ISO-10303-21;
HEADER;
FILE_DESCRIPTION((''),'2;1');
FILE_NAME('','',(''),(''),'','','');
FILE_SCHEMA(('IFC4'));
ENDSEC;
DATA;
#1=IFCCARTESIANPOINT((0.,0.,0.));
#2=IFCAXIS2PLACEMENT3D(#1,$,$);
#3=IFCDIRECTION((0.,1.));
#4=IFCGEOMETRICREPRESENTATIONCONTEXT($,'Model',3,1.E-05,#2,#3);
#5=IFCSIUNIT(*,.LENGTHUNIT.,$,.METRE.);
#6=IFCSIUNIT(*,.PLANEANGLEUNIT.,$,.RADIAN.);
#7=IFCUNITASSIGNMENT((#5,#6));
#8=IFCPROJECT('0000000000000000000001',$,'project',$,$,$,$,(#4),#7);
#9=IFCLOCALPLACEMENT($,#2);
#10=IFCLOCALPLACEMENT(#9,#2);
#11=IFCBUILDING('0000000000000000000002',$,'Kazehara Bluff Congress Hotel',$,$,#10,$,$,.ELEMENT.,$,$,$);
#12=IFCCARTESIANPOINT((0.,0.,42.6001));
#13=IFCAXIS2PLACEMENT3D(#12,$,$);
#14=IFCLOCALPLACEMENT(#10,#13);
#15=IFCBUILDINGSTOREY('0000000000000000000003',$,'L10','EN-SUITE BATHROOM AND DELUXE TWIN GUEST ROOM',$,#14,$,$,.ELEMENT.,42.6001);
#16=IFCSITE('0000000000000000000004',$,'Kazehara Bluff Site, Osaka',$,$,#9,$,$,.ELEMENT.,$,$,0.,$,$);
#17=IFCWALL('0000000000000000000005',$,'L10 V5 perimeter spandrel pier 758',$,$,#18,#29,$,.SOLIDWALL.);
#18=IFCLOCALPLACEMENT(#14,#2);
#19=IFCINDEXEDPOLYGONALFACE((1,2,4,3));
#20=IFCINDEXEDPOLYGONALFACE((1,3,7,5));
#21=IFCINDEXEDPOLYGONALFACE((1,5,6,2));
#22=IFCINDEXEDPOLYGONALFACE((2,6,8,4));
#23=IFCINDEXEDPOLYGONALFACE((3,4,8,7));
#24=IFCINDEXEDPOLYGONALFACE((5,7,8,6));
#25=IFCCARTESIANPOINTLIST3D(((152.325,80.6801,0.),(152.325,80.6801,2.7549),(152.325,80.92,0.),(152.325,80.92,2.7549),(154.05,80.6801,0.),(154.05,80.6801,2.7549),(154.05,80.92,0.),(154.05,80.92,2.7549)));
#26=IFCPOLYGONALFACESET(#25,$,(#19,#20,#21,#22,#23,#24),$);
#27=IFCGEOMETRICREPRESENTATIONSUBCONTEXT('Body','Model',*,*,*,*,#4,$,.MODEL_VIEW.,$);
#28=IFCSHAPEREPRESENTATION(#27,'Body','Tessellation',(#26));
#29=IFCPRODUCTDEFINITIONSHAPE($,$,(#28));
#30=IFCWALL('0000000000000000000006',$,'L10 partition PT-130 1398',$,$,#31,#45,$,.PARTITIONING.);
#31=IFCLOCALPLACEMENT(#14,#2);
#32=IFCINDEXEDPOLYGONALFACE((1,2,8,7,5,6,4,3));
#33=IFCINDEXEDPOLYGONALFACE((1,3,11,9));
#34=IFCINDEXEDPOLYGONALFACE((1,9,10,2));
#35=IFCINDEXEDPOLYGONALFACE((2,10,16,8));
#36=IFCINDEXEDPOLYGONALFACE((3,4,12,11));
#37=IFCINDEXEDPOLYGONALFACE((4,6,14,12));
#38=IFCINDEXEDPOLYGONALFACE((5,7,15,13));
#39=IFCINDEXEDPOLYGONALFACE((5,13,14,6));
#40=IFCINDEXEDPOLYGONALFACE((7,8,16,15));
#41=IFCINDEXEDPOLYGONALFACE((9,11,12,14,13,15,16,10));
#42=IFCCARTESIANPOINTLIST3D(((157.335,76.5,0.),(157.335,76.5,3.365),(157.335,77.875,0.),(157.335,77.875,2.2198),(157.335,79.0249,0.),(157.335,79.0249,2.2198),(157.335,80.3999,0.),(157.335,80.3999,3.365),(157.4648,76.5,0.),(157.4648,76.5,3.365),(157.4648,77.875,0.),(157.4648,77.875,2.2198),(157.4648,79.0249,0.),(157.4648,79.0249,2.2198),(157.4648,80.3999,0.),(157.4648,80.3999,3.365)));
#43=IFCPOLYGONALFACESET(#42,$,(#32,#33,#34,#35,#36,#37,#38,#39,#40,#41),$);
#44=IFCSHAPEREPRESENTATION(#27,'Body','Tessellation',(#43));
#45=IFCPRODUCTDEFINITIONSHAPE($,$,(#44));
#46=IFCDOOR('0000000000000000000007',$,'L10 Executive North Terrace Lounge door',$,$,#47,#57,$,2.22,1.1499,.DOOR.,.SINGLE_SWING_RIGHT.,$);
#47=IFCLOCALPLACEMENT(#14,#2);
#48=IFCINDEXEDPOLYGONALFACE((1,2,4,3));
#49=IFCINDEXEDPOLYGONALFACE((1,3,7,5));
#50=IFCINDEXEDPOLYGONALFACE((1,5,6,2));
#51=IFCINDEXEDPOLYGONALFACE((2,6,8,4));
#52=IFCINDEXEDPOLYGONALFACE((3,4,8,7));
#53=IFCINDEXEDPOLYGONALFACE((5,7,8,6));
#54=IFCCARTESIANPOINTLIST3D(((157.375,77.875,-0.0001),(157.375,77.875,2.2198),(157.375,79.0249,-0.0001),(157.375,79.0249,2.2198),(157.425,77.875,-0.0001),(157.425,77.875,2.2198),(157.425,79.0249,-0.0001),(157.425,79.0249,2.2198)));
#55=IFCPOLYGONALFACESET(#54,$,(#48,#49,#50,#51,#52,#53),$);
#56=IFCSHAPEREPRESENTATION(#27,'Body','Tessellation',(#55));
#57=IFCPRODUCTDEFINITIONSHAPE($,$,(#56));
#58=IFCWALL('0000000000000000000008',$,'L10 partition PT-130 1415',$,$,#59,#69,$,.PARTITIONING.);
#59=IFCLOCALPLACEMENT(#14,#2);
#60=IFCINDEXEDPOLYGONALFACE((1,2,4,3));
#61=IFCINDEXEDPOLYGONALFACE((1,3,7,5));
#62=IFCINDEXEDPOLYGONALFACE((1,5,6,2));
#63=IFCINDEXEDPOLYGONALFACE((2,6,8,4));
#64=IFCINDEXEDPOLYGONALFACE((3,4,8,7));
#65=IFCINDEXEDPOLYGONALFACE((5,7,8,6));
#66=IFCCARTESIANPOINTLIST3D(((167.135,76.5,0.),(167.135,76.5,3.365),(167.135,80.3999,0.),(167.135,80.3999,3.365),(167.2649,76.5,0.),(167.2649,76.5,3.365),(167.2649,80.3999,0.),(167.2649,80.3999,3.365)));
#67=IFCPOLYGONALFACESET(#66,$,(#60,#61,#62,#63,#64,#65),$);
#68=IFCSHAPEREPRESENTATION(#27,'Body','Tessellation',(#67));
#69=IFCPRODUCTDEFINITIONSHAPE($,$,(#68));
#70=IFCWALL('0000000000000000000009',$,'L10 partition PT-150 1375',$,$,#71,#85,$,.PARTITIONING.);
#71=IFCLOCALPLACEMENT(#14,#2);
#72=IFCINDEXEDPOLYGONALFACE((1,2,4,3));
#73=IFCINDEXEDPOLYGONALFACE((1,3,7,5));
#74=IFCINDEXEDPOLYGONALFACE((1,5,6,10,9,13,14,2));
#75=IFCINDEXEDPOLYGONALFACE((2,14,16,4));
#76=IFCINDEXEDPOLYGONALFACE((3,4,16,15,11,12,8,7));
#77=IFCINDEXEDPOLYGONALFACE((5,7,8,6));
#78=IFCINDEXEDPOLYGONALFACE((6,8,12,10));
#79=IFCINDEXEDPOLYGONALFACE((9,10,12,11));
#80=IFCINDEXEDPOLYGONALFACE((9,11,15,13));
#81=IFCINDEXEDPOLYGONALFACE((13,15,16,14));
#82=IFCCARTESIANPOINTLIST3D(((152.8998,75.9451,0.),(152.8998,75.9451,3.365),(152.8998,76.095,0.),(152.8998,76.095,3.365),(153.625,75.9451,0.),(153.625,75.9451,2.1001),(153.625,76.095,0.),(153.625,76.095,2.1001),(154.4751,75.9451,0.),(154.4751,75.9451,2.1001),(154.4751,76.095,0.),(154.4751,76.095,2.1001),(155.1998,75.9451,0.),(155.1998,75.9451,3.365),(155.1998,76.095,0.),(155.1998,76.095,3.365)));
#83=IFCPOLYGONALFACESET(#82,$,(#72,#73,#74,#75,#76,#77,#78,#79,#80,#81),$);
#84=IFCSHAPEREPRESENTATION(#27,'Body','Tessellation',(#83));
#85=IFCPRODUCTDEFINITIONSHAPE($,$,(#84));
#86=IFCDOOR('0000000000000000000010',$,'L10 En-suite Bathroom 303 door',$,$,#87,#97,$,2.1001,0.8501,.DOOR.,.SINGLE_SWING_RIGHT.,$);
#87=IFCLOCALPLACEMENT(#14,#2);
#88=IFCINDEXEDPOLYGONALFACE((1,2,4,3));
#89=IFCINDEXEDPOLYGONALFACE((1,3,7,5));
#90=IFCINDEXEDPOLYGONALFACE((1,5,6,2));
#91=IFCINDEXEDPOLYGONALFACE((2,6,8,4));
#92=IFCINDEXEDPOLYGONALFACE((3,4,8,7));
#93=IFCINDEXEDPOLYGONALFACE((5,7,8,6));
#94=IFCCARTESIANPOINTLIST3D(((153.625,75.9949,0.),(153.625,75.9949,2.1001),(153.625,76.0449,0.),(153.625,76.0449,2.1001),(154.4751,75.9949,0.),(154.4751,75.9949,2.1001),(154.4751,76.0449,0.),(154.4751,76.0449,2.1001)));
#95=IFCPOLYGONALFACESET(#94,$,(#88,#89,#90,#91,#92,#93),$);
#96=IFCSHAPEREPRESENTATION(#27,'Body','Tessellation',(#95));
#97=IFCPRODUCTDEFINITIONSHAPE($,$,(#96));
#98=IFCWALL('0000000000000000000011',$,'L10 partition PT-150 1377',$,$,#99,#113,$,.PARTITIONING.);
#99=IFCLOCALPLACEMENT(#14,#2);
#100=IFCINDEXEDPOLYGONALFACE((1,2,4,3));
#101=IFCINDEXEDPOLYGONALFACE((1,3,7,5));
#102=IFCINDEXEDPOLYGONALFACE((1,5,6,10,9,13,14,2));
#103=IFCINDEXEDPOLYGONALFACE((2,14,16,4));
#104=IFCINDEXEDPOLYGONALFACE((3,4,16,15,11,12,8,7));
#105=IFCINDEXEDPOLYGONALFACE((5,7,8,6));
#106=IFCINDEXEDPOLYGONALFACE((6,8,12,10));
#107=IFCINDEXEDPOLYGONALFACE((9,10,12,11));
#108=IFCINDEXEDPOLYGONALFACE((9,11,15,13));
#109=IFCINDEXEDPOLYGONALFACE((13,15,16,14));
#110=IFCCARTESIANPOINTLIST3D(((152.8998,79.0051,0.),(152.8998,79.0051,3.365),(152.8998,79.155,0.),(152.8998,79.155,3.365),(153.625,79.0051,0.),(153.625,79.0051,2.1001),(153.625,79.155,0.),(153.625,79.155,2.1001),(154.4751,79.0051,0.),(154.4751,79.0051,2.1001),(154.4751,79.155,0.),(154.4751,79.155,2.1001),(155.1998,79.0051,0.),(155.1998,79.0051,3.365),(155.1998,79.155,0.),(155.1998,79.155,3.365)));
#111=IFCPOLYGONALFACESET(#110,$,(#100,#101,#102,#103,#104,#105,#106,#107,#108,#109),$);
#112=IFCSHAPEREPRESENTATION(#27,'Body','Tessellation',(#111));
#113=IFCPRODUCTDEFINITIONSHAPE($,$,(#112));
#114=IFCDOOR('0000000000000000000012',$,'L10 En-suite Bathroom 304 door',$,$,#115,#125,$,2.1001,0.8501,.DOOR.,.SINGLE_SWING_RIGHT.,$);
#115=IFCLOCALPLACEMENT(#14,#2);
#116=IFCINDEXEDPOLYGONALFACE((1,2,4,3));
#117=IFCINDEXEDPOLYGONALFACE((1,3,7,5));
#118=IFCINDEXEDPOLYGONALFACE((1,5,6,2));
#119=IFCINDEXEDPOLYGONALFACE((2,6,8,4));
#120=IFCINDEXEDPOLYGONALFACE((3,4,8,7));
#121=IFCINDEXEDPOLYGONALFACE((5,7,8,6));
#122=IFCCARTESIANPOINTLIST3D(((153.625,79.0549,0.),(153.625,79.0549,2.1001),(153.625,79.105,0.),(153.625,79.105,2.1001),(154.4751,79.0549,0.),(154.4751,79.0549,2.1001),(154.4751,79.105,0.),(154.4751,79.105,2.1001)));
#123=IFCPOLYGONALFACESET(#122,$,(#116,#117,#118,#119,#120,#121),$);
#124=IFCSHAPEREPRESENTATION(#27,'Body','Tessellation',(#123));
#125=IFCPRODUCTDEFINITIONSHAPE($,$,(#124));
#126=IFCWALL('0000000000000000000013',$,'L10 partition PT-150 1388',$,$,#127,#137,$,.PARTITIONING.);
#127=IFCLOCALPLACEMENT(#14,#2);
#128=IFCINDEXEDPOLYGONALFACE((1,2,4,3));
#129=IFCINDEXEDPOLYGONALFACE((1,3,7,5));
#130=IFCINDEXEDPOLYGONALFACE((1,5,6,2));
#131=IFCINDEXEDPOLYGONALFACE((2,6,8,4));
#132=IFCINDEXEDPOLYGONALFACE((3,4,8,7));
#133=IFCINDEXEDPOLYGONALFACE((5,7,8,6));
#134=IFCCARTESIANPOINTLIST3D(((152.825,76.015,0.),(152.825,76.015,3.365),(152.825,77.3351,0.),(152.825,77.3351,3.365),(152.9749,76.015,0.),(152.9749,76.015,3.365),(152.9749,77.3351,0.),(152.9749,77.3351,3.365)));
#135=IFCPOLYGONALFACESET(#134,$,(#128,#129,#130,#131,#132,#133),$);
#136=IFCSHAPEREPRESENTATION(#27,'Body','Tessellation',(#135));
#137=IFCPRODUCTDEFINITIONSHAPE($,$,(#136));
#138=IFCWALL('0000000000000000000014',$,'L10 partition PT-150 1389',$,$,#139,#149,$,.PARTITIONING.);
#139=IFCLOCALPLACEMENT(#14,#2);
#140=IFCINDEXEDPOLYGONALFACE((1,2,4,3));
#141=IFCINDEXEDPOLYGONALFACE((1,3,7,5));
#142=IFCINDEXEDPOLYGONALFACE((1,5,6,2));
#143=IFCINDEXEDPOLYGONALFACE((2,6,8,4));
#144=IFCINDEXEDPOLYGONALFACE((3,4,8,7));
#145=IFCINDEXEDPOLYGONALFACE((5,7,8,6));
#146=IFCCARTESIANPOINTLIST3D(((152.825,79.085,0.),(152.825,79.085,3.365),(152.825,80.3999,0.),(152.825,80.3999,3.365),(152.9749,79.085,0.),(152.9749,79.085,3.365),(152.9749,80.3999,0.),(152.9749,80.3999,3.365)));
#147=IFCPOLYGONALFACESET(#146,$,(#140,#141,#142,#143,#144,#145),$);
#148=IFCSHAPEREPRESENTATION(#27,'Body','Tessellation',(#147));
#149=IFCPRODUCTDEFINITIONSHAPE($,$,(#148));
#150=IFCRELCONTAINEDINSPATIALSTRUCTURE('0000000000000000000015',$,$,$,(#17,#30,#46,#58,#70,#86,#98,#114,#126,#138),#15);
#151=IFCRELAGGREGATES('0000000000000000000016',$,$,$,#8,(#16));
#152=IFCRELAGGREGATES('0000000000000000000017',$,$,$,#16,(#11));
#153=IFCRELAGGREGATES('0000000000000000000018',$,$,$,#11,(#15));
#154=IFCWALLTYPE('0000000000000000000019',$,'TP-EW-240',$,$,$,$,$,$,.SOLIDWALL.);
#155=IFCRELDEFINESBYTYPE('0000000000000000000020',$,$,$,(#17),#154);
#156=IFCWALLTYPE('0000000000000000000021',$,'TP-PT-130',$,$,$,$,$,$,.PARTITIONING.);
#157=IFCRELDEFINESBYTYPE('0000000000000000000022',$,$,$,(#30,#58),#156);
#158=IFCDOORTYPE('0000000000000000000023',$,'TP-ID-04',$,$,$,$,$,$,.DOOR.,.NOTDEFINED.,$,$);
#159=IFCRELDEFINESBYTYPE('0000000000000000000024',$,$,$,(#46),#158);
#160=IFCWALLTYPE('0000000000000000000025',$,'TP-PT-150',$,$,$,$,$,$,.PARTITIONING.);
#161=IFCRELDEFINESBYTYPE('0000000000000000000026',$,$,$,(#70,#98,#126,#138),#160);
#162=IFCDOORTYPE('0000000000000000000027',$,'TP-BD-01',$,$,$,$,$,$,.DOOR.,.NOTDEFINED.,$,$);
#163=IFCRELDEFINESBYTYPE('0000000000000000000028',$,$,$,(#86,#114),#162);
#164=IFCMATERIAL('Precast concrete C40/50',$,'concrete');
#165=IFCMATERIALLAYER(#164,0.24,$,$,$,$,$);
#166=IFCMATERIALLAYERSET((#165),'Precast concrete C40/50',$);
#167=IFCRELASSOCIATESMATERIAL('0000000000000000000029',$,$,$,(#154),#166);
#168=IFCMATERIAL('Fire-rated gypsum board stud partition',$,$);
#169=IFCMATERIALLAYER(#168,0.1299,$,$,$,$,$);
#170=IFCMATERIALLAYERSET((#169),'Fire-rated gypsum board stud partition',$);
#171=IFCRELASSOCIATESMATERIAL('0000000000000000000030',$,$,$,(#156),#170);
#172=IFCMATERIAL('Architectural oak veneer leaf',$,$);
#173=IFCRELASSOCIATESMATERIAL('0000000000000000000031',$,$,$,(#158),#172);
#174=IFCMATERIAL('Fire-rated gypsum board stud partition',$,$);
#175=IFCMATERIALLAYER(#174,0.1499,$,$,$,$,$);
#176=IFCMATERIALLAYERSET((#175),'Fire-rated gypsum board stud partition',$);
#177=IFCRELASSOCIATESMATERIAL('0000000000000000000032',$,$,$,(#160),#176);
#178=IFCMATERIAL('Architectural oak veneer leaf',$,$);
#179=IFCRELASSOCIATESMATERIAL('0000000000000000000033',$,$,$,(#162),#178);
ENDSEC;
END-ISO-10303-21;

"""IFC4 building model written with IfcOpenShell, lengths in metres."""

from ifc_helpers import new_model, si_unit, direction, frame, frame_2d, origin, place, context, subcontext, project, spatial, rectangle, extrude, material, layer, layer_set, type_object, element, fill, save


model = new_model("IFC4")

# Units and contexts
model_context = context("Model", 3, precision=1e-05, world=origin(), true_north=direction((0.0, 1.0)))
body_context = subcontext(model_context, "Body", "Model", "MODEL_VIEW")
ifc_project = project(units=[si_unit("LENGTHUNIT", "METRE"), si_unit("PLANEANGLEUNIT", "RADIAN")], contexts=[model_context])

# Site, building, storey
site_placement = place(None, origin())
site = spatial("IfcSite", under=ifc_project, at=site_placement, Name="Kazehara Bluff Site, Osaka", CompositionType="ELEMENT", RefElevation=0.0)
building_placement = place(site_placement, origin())
building = spatial("IfcBuilding", under=site, at=building_placement, Name="Kazehara Bluff Congress Hotel", CompositionType="ELEMENT")
storey_placement = place(building_placement, frame((0.0, 0.0, 42.6001)))
storey = spatial("IfcBuildingStorey", under=building, at=storey_placement, Name="L10", Description="EN-SUITE BATHROOM AND DELUXE TWIN GUEST ROOM", CompositionType="ELEMENT", Elevation=42.6001)

# Wall
ifc_material_1 = material(Name="Precast concrete C40/50", Category="concrete")
ifc_layer_1 = layer(ifc_material_1, 0.24)
ifc_layer_set_1 = layer_set([ifc_layer_1], Name="Precast concrete C40/50")
wall_type_1 = type_object("IfcWallType", Name="TP-EW-240", PredefinedType="SOLIDWALL", material=ifc_layer_set_1)
wall_1_placement = place(storey_placement, frame((152.325, 80.8, 0.0), z_axis=(0.0, 0.0, 1.0), x_axis=(1.0, 0.0, 0.0)))
element("IfcWall", 1, at=wall_1_placement, inside=storey, type_object=wall_type_1, Name="L10 V5 perimeter spandrel pier 758", PredefinedType="SOLIDWALL", context=body_context, shape_type="SweptSolid", body=[
    extrude(rectangle(XDim=1.7251, YDim=0.24, at=frame_2d((0.8625, 0.0))), origin(), (0.0, 0.0, 1.0), 2.7549),
])

# Wall, opening, door
ifc_material_2 = material(Name="Fire-rated gypsum board stud partition")
ifc_layer_2 = layer(ifc_material_2, 0.1299)
ifc_layer_set_2 = layer_set([ifc_layer_2], Name="Fire-rated gypsum board stud partition")
wall_type_2 = type_object("IfcWallType", Name="TP-PT-130", PredefinedType="PARTITIONING", material=ifc_layer_set_2)
wall_2_placement = place(storey_placement, frame((157.3999, 76.5, 0.0), z_axis=(0.0, 0.0, 1.0), x_axis=(0.0, 1.0, 0.0)))
wall_2 = element("IfcWall", 2, at=wall_2_placement, inside=storey, type_object=wall_type_2, Name="L10 partition PT-130 1398", PredefinedType="PARTITIONING", context=body_context, shape_type="SweptSolid", body=[
    extrude(rectangle(XDim=3.8999, YDim=0.1299, at=frame_2d((1.95, 0.0))), origin(), (0.0, 0.0, 1.0), 3.365),
])
opening_1_placement = place(wall_2_placement, frame((1.375, 0.0, 0.0)))
opening_1 = element("IfcOpeningElement", 3, at=opening_1_placement, cuts=wall_2, PredefinedType="OPENING", context=body_context, shape_type="SweptSolid", body=[
    extrude(rectangle(XDim=1.1499, YDim=2.22, at=frame_2d((0.575, 1.1099))), frame((0.0, 0.075, 0.0), z_axis=(0.0, -1.0, 0.0), x_axis=(1.0, 0.0, 0.0)), (0.0, 0.0, 1.0), 0.1499),
])
ifc_material_3 = material(Name="Architectural oak veneer leaf")
door_type_1 = type_object("IfcDoorType", Name="TP-ID-04", OperationType="NOTDEFINED", PredefinedType="DOOR", material=ifc_material_3)
door_1_placement = place(opening_1_placement, origin())
door_1 = element("IfcDoor", 4, at=door_1_placement, inside=storey, type_object=door_type_1, Name="L10 Executive North Terrace Lounge door", OperationType="SINGLE_SWING_RIGHT", OverallHeight=2.22, OverallWidth=1.1499, PredefinedType="DOOR", context=body_context, shape_type="SweptSolid", body=[
    extrude(rectangle(XDim=1.1499, YDim=2.22, at=frame_2d((0.575, 1.1099))), frame((0.0, 0.0249, 0.0), z_axis=(0.0, -1.0, 0.0), x_axis=(1.0, 0.0, 0.0)), (0.0, 0.0, 1.0), 0.05),
])
fill(opening_1, door_1)

# Wall
wall_3_placement = place(storey_placement, frame((167.2, 76.5, 0.0), z_axis=(0.0, 0.0, 1.0), x_axis=(0.0, 1.0, 0.0)))
element("IfcWall", 5, at=wall_3_placement, inside=storey, type_object=wall_type_2, Name="L10 partition PT-130 1415", PredefinedType="PARTITIONING", context=body_context, shape_type="SweptSolid", body=[
    extrude(rectangle(XDim=3.8999, YDim=0.1299, at=frame_2d((1.95, 0.0))), origin(), (0.0, 0.0, 1.0), 3.365),
])

# Walls, openings, doors
ifc_material_4 = material(Name="Fire-rated gypsum board stud partition")
ifc_layer_3 = layer(ifc_material_4, 0.1499)
ifc_layer_set_3 = layer_set([ifc_layer_3], Name="Fire-rated gypsum board stud partition")
wall_type_3 = type_object("IfcWallType", Name="TP-PT-150", PredefinedType="PARTITIONING", material=ifc_layer_set_3)
wall_4_placement = place(storey_placement, frame((152.8999, 76.02, 0.0), z_axis=(0.0, 0.0, 1.0), x_axis=(1.0, 0.0, 0.0)))
wall_4 = element("IfcWall", 6, at=wall_4_placement, inside=storey, type_object=wall_type_3, Name="L10 partition PT-150 1375", PredefinedType="PARTITIONING", context=body_context, shape_type="SweptSolid", body=[
    extrude(rectangle(XDim=2.3, YDim=0.1499, at=frame_2d((1.1499, 0.0))), origin(), (0.0, 0.0, 1.0), 3.365),
])
opening_2_placement = place(wall_4_placement, frame((0.7251, 0.0, 0.0)))
opening_2 = element("IfcOpeningElement", 7, at=opening_2_placement, cuts=wall_4, PredefinedType="OPENING", context=body_context, shape_type="SweptSolid", body=[
    extrude(rectangle(XDim=0.8501, YDim=2.1001, at=frame_2d((0.425, 1.05))), frame((0.0, 0.085, 0.0), z_axis=(0.0, -1.0, 0.0), x_axis=(1.0, 0.0, 0.0)), (0.0, 0.0, 1.0), 0.1699),
])
ifc_material_5 = material(Name="Architectural oak veneer leaf")
door_type_2 = type_object("IfcDoorType", Name="TP-BD-01", OperationType="NOTDEFINED", PredefinedType="DOOR", material=ifc_material_5)
door_2_placement = place(opening_2_placement, origin())
door_2 = element("IfcDoor", 8, at=door_2_placement, inside=storey, type_object=door_type_2, Name="L10 En-suite Bathroom 303 door", OperationType="SINGLE_SWING_RIGHT", OverallHeight=2.1001, OverallWidth=0.8501, PredefinedType="DOOR", context=body_context, shape_type="SweptSolid", body=[
    extrude(rectangle(XDim=0.8501, YDim=2.1001, at=frame_2d((0.425, 1.05))), frame((0.0, 0.0249, 0.0), z_axis=(0.0, -1.0, 0.0), x_axis=(1.0, 0.0, 0.0)), (0.0, 0.0, 1.0), 0.05),
])
fill(opening_2, door_2)
wall_5_placement = place(storey_placement, frame((152.8999, 79.0801, 0.0), z_axis=(0.0, 0.0, 1.0), x_axis=(1.0, 0.0, 0.0)))
wall_5 = element("IfcWall", 9, at=wall_5_placement, inside=storey, type_object=wall_type_3, Name="L10 partition PT-150 1377", PredefinedType="PARTITIONING", context=body_context, shape_type="SweptSolid", body=[
    extrude(rectangle(XDim=2.3, YDim=0.1499, at=frame_2d((1.1499, 0.0))), origin(), (0.0, 0.0, 1.0), 3.365),
])
opening_3_placement = place(wall_5_placement, frame((0.7251, 0.0, 0.0)))
opening_3 = element("IfcOpeningElement", 10, at=opening_3_placement, cuts=wall_5, PredefinedType="OPENING", context=body_context, shape_type="SweptSolid", body=[
    extrude(rectangle(XDim=0.8501, YDim=2.1001, at=frame_2d((0.425, 1.05))), frame((0.0, 0.085, 0.0), z_axis=(0.0, -1.0, 0.0), x_axis=(1.0, 0.0, 0.0)), (0.0, 0.0, 1.0), 0.1699),
])
door_3_placement = place(opening_3_placement, origin())
door_3 = element("IfcDoor", 11, at=door_3_placement, inside=storey, type_object=door_type_2, Name="L10 En-suite Bathroom 304 door", OperationType="SINGLE_SWING_RIGHT", OverallHeight=2.1001, OverallWidth=0.8501, PredefinedType="DOOR", context=body_context, shape_type="SweptSolid", body=[
    extrude(rectangle(XDim=0.8501, YDim=2.1001, at=frame_2d((0.425, 1.05))), frame((0.0, 0.0249, 0.0), z_axis=(0.0, -1.0, 0.0), x_axis=(1.0, 0.0, 0.0)), (0.0, 0.0, 1.0), 0.05),
])
fill(opening_3, door_3)

# Walls
wall_6_placement = place(storey_placement, frame((152.8999, 76.0149, 0.0), z_axis=(0.0, 0.0, 1.0), x_axis=(0.0, 1.0, 0.0)))
element("IfcWall", 12, at=wall_6_placement, inside=storey, type_object=wall_type_3, Name="L10 partition PT-150 1388", PredefinedType="PARTITIONING", context=body_context, shape_type="SweptSolid", body=[
    extrude(rectangle(XDim=1.3201, YDim=0.1499, at=frame_2d((0.6602, 0.0))), origin(), (0.0, 0.0, 1.0), 3.365),
])
wall_7_placement = place(storey_placement, frame((152.8999, 79.085, 0.0), z_axis=(0.0, 0.0, 1.0), x_axis=(0.0, 1.0, 0.0)))
element("IfcWall", 13, at=wall_7_placement, inside=storey, type_object=wall_type_3, Name="L10 partition PT-150 1389", PredefinedType="PARTITIONING", context=body_context, shape_type="SweptSolid", body=[
    extrude(rectangle(XDim=1.3149, YDim=0.1499, at=frame_2d((0.6575, 0.0))), origin(), (0.0, 0.0, 1.0), 3.365),
])

save(model, "model.ifc")
